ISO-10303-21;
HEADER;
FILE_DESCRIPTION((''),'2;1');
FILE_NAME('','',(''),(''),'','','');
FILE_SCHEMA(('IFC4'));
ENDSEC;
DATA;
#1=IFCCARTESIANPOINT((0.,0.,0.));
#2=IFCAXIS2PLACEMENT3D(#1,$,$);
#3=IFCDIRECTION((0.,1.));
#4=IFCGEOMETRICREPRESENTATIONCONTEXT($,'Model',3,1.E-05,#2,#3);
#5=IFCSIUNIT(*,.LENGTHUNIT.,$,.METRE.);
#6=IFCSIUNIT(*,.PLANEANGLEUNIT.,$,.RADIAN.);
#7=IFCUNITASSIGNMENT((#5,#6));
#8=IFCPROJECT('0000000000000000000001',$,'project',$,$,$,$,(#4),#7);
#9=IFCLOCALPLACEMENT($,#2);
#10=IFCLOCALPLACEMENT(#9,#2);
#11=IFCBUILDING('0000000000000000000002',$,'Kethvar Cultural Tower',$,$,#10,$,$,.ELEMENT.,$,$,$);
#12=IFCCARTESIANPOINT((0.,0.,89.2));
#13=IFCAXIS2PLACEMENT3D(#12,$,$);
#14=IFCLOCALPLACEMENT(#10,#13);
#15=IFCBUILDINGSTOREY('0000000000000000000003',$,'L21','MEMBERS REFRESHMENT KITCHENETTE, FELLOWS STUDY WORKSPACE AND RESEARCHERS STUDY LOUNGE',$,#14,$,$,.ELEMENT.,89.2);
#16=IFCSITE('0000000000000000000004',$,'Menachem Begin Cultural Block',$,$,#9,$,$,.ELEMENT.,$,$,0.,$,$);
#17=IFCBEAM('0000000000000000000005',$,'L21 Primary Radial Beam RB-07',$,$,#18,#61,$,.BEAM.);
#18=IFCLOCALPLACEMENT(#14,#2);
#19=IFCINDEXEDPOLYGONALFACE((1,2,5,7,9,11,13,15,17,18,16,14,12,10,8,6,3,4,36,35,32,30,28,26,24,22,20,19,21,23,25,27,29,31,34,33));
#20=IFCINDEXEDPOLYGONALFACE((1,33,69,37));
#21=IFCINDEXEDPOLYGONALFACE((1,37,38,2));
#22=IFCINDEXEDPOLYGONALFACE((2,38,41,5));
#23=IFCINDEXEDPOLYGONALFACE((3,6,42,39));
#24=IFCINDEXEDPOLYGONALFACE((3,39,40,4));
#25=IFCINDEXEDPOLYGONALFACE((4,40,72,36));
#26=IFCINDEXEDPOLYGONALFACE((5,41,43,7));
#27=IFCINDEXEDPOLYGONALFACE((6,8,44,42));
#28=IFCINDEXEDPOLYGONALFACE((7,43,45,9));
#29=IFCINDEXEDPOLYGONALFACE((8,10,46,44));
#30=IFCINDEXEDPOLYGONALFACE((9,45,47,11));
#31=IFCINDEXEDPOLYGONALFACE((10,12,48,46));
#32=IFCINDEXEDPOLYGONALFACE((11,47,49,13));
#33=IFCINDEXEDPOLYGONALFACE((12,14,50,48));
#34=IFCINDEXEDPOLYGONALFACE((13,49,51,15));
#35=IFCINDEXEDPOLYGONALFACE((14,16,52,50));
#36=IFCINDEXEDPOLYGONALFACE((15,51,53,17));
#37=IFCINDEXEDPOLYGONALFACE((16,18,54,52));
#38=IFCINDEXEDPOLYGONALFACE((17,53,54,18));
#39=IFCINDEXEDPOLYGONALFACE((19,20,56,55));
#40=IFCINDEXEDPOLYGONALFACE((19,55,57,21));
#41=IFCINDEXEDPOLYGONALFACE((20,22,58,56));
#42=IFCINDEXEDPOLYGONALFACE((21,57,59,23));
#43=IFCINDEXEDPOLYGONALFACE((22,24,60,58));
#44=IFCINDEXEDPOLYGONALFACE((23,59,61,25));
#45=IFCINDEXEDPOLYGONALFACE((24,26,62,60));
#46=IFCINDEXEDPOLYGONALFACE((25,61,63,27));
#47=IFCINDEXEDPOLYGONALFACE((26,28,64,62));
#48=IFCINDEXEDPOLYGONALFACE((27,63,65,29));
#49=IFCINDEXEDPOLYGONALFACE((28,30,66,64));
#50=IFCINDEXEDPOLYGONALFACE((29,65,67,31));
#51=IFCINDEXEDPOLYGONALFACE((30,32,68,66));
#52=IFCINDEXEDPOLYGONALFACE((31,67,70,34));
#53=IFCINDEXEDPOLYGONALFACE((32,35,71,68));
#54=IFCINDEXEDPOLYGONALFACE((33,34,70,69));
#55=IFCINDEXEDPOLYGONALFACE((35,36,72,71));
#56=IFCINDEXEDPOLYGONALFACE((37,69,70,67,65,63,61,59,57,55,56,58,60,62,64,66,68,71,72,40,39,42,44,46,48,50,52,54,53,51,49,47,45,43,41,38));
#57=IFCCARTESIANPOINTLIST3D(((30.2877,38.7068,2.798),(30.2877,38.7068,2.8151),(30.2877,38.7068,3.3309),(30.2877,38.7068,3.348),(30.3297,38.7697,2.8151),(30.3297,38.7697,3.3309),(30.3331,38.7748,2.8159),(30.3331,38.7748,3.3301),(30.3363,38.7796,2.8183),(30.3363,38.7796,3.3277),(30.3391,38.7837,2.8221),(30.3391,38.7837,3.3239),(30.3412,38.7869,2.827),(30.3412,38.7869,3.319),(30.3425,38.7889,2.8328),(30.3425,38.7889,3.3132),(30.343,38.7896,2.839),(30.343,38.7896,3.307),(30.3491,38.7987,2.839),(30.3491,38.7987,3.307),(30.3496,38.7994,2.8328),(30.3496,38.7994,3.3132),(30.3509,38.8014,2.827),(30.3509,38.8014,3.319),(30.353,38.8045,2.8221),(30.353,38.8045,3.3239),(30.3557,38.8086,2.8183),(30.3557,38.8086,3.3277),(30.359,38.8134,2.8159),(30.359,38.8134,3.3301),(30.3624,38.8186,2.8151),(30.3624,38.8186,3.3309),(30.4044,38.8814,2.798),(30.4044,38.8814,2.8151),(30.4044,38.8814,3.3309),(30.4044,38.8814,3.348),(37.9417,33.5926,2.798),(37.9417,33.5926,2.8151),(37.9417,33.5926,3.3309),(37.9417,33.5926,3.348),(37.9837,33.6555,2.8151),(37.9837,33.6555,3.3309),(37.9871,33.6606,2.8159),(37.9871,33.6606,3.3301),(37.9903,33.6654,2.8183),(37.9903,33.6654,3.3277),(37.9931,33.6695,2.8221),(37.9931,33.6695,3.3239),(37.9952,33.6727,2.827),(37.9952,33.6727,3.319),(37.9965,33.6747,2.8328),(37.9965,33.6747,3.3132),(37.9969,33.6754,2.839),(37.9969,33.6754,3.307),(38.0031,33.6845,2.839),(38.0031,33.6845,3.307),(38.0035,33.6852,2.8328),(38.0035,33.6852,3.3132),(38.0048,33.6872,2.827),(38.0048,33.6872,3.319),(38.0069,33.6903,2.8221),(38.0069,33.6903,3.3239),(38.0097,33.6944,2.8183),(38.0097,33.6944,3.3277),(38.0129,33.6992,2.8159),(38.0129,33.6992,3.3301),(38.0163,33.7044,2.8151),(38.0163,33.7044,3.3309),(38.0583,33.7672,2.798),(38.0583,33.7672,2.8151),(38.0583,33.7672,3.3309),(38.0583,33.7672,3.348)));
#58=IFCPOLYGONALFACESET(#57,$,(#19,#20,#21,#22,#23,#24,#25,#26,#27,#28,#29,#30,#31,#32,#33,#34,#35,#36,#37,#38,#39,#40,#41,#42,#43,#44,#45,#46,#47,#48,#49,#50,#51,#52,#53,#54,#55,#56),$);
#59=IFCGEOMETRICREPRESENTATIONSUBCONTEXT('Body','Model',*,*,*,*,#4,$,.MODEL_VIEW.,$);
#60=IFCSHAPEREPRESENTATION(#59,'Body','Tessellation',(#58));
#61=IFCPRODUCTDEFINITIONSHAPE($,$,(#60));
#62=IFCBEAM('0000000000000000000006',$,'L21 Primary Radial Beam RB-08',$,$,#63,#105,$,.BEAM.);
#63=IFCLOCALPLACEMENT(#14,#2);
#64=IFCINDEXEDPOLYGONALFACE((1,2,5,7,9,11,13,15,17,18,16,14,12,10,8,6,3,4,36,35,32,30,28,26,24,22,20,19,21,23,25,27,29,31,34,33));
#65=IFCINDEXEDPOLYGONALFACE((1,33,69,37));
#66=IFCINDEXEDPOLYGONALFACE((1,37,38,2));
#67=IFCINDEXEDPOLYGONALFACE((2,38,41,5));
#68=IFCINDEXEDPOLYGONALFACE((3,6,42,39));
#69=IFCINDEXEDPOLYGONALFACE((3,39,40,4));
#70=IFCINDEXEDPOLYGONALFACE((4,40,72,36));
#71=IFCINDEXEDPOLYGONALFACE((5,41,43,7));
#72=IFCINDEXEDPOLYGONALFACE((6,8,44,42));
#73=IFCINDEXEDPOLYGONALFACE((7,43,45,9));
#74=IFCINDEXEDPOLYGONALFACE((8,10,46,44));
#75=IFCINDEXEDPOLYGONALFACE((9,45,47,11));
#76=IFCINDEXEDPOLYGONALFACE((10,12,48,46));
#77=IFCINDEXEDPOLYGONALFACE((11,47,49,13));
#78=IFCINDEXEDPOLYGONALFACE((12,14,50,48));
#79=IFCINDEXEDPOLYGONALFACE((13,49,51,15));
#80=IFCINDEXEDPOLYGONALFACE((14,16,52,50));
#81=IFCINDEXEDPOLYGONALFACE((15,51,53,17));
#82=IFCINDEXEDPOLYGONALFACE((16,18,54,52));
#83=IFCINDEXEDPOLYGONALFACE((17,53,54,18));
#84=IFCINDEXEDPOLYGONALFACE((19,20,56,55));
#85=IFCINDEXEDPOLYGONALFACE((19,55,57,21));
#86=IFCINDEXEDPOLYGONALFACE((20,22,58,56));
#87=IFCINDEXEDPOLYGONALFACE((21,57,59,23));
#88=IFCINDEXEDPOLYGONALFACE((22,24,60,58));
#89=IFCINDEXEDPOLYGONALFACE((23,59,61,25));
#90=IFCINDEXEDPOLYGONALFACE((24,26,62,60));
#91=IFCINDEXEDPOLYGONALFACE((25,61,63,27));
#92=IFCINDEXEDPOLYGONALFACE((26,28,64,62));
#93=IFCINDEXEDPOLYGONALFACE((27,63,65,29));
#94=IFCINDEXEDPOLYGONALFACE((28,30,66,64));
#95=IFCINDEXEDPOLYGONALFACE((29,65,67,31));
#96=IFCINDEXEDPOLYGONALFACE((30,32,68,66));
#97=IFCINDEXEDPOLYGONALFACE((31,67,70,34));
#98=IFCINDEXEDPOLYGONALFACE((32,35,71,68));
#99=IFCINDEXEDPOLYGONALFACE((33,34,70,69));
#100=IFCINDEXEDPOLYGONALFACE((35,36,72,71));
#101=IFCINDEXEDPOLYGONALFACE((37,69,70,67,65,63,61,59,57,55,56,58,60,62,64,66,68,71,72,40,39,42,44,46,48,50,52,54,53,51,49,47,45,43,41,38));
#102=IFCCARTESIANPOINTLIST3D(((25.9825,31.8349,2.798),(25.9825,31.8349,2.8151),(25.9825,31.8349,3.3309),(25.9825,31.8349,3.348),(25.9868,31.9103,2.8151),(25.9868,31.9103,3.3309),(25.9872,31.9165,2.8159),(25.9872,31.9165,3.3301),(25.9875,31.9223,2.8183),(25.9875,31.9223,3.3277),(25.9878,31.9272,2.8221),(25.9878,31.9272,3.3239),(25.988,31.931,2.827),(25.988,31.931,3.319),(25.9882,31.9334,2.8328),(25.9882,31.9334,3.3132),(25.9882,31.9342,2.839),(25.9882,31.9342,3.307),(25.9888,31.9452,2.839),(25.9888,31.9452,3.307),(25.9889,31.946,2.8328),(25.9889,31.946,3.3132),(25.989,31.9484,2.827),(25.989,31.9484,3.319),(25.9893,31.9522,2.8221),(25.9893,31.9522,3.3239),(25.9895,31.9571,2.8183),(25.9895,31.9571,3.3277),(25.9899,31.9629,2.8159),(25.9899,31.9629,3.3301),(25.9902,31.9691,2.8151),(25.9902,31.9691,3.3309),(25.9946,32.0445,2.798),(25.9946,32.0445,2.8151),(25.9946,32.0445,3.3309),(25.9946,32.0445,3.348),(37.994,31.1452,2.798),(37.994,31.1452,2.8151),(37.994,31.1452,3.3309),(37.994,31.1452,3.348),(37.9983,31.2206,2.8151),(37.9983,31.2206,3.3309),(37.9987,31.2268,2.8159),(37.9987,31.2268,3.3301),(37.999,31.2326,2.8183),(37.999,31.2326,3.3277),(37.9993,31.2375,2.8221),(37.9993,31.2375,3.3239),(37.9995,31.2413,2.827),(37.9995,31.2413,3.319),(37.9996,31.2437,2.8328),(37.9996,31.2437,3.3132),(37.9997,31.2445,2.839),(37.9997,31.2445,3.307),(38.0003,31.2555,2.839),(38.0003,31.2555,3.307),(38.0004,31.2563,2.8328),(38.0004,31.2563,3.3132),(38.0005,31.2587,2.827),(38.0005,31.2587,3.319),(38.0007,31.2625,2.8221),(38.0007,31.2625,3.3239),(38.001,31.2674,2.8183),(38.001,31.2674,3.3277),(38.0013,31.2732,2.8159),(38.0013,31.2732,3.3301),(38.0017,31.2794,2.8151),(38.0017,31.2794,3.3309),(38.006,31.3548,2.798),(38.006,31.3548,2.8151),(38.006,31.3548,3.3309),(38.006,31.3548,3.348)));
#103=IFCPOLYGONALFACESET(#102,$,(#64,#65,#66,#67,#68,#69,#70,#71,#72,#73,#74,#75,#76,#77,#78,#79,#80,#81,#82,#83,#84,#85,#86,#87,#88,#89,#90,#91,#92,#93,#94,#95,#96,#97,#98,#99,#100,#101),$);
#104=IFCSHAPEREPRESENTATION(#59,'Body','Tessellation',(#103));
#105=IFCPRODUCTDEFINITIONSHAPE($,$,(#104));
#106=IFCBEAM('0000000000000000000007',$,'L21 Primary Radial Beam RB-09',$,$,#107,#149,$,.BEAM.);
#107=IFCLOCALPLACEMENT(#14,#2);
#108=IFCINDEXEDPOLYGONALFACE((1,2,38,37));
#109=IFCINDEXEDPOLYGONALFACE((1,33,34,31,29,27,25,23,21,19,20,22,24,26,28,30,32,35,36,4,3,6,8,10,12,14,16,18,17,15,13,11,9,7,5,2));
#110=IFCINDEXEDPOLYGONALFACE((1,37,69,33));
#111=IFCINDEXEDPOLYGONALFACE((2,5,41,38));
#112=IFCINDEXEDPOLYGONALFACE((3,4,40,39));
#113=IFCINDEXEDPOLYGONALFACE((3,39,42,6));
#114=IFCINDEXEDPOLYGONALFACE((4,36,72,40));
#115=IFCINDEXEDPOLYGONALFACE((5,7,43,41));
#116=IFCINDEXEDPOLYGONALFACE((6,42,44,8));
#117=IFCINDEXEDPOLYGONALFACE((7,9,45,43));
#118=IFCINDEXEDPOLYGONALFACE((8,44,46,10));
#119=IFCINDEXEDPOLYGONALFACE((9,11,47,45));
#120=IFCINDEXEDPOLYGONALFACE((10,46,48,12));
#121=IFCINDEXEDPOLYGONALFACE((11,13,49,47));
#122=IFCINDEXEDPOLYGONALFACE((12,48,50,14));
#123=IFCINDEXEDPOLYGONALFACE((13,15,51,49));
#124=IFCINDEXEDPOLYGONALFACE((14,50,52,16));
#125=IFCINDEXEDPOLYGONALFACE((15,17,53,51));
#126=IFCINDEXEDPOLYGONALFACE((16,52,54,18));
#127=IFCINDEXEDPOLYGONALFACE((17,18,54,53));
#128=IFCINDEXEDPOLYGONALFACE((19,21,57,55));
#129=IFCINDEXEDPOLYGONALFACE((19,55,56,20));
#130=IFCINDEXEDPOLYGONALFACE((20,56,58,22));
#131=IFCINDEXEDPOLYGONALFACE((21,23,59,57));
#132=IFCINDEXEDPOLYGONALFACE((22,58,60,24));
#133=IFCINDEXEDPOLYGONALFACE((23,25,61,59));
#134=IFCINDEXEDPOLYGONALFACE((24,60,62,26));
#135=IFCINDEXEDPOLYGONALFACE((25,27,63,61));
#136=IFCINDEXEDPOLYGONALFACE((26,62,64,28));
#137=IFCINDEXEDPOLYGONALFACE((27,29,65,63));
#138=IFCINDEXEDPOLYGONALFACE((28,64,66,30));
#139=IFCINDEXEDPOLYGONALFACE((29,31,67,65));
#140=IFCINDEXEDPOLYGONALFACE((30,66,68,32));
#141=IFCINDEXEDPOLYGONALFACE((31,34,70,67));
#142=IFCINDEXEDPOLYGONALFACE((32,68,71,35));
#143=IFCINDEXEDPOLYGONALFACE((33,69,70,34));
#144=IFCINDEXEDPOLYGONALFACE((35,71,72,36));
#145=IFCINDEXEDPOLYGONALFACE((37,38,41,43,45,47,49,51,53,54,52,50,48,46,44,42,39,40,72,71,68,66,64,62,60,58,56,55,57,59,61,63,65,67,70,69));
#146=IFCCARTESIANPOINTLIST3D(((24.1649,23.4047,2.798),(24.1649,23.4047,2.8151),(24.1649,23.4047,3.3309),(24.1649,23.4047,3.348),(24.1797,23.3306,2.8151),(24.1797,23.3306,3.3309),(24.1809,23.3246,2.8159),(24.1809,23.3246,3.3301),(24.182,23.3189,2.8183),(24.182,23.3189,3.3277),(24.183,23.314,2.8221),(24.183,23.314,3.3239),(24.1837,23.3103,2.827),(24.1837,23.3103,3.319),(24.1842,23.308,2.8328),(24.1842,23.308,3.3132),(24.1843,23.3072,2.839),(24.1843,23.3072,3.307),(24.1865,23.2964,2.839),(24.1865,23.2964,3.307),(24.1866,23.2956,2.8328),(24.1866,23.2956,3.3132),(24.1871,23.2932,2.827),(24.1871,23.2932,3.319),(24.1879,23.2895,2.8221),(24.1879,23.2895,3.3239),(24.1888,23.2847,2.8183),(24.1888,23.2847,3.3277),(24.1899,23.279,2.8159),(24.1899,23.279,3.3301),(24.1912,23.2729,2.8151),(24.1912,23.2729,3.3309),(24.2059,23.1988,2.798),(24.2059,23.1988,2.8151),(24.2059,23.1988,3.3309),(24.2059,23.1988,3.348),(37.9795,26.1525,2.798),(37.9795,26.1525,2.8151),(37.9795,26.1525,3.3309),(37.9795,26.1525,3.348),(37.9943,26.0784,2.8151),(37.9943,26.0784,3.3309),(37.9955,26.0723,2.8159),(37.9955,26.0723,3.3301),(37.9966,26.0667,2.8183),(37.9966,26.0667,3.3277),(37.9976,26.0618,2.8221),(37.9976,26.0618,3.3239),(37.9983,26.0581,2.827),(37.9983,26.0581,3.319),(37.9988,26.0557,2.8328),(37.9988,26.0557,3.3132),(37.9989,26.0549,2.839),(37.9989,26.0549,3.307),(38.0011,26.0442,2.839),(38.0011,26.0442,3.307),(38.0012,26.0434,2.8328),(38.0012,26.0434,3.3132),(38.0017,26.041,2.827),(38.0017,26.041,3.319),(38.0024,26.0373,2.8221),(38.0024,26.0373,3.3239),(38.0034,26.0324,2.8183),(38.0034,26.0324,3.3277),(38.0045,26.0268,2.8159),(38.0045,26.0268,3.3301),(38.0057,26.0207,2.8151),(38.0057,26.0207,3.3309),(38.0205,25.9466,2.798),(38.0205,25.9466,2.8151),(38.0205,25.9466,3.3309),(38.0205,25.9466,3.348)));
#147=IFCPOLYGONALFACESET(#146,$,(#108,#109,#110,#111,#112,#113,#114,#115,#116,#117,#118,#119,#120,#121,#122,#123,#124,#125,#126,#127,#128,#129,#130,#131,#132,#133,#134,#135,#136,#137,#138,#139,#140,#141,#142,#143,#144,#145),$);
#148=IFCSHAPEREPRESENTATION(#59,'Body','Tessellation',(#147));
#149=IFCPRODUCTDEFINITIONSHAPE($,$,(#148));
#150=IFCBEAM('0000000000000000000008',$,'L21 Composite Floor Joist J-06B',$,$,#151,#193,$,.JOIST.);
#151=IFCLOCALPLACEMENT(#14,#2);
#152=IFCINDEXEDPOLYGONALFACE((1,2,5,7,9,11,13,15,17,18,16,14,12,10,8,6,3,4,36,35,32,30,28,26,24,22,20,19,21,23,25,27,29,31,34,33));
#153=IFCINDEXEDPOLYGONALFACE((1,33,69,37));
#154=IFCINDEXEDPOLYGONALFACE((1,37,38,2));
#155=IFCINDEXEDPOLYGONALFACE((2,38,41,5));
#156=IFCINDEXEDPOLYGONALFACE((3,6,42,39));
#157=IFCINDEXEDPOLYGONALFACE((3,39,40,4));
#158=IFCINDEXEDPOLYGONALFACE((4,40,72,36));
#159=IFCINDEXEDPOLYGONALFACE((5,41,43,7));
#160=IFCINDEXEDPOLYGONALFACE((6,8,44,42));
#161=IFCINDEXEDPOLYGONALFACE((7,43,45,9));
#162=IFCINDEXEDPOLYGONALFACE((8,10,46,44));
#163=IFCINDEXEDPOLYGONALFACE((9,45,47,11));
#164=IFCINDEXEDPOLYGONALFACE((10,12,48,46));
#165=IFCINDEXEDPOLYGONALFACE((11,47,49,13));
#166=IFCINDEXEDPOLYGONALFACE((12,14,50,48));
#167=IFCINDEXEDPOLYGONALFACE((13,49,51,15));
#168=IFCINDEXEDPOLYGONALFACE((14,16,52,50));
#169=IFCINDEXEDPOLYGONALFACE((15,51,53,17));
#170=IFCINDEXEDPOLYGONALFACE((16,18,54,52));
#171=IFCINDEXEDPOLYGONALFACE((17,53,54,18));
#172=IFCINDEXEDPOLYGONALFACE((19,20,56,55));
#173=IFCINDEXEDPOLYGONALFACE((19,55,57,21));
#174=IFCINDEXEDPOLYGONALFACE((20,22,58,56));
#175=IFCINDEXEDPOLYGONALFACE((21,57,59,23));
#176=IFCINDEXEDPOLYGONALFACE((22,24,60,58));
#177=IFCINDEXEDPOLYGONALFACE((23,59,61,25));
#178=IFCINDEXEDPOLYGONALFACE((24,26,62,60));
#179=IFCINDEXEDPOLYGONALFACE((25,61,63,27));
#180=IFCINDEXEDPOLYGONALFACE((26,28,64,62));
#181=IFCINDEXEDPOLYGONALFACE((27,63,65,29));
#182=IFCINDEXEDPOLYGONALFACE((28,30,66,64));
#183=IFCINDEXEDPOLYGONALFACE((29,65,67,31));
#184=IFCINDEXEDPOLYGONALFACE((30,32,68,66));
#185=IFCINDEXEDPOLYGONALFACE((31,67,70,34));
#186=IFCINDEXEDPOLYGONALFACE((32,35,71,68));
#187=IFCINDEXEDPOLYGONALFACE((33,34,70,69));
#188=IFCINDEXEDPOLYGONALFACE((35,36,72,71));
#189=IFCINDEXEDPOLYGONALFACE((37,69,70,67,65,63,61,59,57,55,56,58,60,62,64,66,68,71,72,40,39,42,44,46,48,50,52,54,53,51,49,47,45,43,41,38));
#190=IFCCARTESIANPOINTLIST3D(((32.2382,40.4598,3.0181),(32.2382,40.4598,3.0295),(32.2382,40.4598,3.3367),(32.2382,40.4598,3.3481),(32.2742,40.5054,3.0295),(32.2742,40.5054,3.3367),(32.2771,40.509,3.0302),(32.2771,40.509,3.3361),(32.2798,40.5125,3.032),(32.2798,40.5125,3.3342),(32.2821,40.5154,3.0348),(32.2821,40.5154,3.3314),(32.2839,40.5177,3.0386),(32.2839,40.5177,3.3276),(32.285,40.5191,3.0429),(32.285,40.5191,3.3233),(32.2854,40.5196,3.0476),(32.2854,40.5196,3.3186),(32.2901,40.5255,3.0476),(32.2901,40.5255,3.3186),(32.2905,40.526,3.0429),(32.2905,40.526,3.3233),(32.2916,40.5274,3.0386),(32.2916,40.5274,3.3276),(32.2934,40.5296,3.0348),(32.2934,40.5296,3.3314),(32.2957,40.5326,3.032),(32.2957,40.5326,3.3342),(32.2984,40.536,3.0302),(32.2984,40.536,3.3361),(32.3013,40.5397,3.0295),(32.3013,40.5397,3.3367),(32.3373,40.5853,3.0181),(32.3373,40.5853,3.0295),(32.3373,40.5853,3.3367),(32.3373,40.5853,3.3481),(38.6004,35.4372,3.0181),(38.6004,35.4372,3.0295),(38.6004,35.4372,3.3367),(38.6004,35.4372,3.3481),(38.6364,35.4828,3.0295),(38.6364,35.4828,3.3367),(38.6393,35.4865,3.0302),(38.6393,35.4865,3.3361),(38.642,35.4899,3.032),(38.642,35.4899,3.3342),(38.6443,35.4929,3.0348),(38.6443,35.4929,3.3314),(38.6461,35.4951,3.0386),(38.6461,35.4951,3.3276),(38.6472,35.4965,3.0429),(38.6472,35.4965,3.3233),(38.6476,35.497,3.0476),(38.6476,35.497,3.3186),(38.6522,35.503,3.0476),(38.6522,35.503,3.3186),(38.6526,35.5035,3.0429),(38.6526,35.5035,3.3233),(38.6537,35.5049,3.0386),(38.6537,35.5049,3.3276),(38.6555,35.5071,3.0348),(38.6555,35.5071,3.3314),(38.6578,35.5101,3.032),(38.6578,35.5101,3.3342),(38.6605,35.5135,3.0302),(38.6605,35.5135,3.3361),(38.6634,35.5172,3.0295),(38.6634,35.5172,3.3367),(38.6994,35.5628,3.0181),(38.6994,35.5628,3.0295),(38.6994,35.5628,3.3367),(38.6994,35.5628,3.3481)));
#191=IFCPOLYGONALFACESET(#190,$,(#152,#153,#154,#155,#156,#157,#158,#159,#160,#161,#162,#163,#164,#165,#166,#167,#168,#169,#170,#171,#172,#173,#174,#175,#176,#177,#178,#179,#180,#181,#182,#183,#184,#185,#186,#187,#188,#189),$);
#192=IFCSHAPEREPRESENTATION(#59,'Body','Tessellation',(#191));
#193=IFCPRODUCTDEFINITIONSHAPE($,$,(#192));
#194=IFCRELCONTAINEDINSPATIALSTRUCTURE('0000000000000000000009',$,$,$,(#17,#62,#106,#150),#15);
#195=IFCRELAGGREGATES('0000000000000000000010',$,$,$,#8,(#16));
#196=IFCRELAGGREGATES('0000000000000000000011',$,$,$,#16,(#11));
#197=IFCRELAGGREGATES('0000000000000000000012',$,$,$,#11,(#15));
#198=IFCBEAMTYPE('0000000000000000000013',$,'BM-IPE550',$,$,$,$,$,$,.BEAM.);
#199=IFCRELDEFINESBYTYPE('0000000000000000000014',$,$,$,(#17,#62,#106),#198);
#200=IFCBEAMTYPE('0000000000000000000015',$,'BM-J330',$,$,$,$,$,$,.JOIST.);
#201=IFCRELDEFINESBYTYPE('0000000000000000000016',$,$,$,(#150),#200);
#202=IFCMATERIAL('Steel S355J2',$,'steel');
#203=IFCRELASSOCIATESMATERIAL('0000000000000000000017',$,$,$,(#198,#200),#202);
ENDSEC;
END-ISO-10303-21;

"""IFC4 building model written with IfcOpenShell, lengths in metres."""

from ifc_helpers import new_model, si_unit, direction, frame, origin, origin_2d, place, context, subcontext, project, spatial, i_section, extrude, source, transform, mapped, material, material_profile, profile_set, type_object, element, save


model = new_model("IFC4")

# Units and contexts
model_context = context("Model", 3, precision=1e-05, world=origin(), true_north=direction((0.0, 1.0)))
body_context = subcontext(model_context, "Body", "Model", "MODEL_VIEW")
ifc_project = project(units=[si_unit("LENGTHUNIT", "METRE"), si_unit("PLANEANGLEUNIT", "RADIAN")], contexts=[model_context])

# Site, building, storey
site_placement = place(None, origin())
site = spatial("IfcSite", under=ifc_project, at=site_placement, Name="Menachem Begin Cultural Block", CompositionType="ELEMENT", RefElevation=0.0)
building_placement = place(site_placement, origin())
building = spatial("IfcBuilding", under=site, at=building_placement, Name="Kethvar Cultural Tower", CompositionType="ELEMENT")
storey_placement = place(building_placement, frame((0.0, 0.0, 89.2)))
storey = spatial("IfcBuildingStorey", under=building, at=storey_placement, Name="L21", Description="MEMBERS REFRESHMENT KITCHENETTE, FELLOWS STUDY WORKSPACE AND RESEARCHERS STUDY LOUNGE", CompositionType="ELEMENT", Elevation=89.2)

# Beams
ifc_material_1 = material(Name="Steel S355J2", Category="steel")
ifc_material_profile_1 = material_profile(ifc_material_1, i_section(OverallWidth=0.21, OverallDepth=0.55, WebThickness=0.011, FlangeThickness=0.0171, FilletRadius=0.0239, at=origin_2d()), Name="Steel S355J2 — IPE550")
ifc_profile_set_1 = profile_set([ifc_material_profile_1], Name="Steel S355J2 — IPE550")
beam_type_1 = type_object("IfcBeamType", Name="BM-IPE550", PredefinedType="BEAM", material=ifc_profile_set_1)
shared_shape_1 = source(origin(), body_context, "Body", "SweptSolid", [
    extrude(i_section(OverallWidth=0.21, OverallDepth=0.55, WebThickness=0.011, FlangeThickness=0.0171, FilletRadius=0.0239, at=origin_2d()), origin(), (0.0, 0.0, 1.0), 9.2053),
])
beam_1_placement = place(storey_placement, frame((38.0, 33.6799, 3.073), z_axis=(-0.83147, 0.555569, 0.0), x_axis=(-0.555569, -0.83147, 0.0)))
element("IfcBeam", 1, at=beam_1_placement, inside=storey, type_object=beam_type_1, Name="L21 Primary Radial Beam RB-07", PredefinedType="BEAM", context=body_context, shape_type="MappedRepresentation", body=[
    mapped(shared_shape_1, transform((0.0, 0.0, 0.0), scale=1.0)),
])
shared_shape_2 = source(origin(), body_context, "Body", "SweptSolid", [
    extrude(i_section(OverallWidth=0.21, OverallDepth=0.55, WebThickness=0.011, FlangeThickness=0.0171, FilletRadius=0.0239, at=origin_2d()), origin(), (0.0, 0.0, 1.0), 12.0312),
])
beam_2_placement = place(storey_placement, frame((38.0, 31.25, 3.073), z_axis=(-0.998356, 0.057325, 0.0), x_axis=(-0.057325, -0.998356, 0.0)))
element("IfcBeam", 2, at=beam_2_placement, inside=storey, type_object=beam_type_1, Name="L21 Primary Radial Beam RB-08", PredefinedType="BEAM", context=body_context, shape_type="MappedRepresentation", body=[
    mapped(shared_shape_2, transform((0.0, 0.0, 0.0), scale=1.0)),
])
shared_shape_3 = source(origin(), body_context, "Body", "SweptSolid", [
    extrude(i_section(OverallWidth=0.21, OverallDepth=0.55, WebThickness=0.011, FlangeThickness=0.0171, FilletRadius=0.0239, at=origin_2d()), origin(), (0.0, 0.0, 1.0), 14.0852),
])
beam_3_placement = place(storey_placement, frame((38.0, 26.0496, 3.073), z_axis=(-0.980787, -0.195083, 0.0), x_axis=(0.195083, -0.980787, 0.0)))
element("IfcBeam", 3, at=beam_3_placement, inside=storey, type_object=beam_type_1, Name="L21 Primary Radial Beam RB-09", PredefinedType="BEAM", context=body_context, shape_type="MappedRepresentation", body=[
    mapped(shared_shape_3, transform((0.0, 0.0, 0.0), scale=1.0)),
])
ifc_material_profile_2 = material_profile(ifc_material_1, i_section(OverallWidth=0.1599, OverallDepth=0.3301, WebThickness=0.0076, FlangeThickness=0.0115, FilletRadius=0.0181, at=origin_2d()), Name="Steel S355J2 — IPE330")
ifc_profile_set_2 = profile_set([ifc_material_profile_2], Name="Steel S355J2 — IPE330")
beam_type_2 = type_object("IfcBeamType", Name="BM-J330", PredefinedType="JOIST", material=ifc_profile_set_2)
shared_shape_4 = source(origin(), body_context, "Body", "SweptSolid", [
    extrude(i_section(OverallWidth=0.1599, OverallDepth=0.3301, WebThickness=0.0076, FlangeThickness=0.0115, FilletRadius=0.0181, at=origin_2d()), origin(), (0.0, 0.0, 1.0), 8.1057),
])
beam_4_placement = place(storey_placement, frame((38.6499, 35.5, 3.1831), z_axis=(-0.784896, 0.619628, 0.0), x_axis=(-0.619628, -0.784896, 0.0)))
element("IfcBeam", 4, at=beam_4_placement, inside=storey, type_object=beam_type_2, Name="L21 Composite Floor Joist J-06B", PredefinedType="JOIST", context=body_context, shape_type="MappedRepresentation", body=[
    mapped(shared_shape_4, transform((0.0, 0.0, 0.0), scale=1.0)),
])

save(model, "model.ifc")
